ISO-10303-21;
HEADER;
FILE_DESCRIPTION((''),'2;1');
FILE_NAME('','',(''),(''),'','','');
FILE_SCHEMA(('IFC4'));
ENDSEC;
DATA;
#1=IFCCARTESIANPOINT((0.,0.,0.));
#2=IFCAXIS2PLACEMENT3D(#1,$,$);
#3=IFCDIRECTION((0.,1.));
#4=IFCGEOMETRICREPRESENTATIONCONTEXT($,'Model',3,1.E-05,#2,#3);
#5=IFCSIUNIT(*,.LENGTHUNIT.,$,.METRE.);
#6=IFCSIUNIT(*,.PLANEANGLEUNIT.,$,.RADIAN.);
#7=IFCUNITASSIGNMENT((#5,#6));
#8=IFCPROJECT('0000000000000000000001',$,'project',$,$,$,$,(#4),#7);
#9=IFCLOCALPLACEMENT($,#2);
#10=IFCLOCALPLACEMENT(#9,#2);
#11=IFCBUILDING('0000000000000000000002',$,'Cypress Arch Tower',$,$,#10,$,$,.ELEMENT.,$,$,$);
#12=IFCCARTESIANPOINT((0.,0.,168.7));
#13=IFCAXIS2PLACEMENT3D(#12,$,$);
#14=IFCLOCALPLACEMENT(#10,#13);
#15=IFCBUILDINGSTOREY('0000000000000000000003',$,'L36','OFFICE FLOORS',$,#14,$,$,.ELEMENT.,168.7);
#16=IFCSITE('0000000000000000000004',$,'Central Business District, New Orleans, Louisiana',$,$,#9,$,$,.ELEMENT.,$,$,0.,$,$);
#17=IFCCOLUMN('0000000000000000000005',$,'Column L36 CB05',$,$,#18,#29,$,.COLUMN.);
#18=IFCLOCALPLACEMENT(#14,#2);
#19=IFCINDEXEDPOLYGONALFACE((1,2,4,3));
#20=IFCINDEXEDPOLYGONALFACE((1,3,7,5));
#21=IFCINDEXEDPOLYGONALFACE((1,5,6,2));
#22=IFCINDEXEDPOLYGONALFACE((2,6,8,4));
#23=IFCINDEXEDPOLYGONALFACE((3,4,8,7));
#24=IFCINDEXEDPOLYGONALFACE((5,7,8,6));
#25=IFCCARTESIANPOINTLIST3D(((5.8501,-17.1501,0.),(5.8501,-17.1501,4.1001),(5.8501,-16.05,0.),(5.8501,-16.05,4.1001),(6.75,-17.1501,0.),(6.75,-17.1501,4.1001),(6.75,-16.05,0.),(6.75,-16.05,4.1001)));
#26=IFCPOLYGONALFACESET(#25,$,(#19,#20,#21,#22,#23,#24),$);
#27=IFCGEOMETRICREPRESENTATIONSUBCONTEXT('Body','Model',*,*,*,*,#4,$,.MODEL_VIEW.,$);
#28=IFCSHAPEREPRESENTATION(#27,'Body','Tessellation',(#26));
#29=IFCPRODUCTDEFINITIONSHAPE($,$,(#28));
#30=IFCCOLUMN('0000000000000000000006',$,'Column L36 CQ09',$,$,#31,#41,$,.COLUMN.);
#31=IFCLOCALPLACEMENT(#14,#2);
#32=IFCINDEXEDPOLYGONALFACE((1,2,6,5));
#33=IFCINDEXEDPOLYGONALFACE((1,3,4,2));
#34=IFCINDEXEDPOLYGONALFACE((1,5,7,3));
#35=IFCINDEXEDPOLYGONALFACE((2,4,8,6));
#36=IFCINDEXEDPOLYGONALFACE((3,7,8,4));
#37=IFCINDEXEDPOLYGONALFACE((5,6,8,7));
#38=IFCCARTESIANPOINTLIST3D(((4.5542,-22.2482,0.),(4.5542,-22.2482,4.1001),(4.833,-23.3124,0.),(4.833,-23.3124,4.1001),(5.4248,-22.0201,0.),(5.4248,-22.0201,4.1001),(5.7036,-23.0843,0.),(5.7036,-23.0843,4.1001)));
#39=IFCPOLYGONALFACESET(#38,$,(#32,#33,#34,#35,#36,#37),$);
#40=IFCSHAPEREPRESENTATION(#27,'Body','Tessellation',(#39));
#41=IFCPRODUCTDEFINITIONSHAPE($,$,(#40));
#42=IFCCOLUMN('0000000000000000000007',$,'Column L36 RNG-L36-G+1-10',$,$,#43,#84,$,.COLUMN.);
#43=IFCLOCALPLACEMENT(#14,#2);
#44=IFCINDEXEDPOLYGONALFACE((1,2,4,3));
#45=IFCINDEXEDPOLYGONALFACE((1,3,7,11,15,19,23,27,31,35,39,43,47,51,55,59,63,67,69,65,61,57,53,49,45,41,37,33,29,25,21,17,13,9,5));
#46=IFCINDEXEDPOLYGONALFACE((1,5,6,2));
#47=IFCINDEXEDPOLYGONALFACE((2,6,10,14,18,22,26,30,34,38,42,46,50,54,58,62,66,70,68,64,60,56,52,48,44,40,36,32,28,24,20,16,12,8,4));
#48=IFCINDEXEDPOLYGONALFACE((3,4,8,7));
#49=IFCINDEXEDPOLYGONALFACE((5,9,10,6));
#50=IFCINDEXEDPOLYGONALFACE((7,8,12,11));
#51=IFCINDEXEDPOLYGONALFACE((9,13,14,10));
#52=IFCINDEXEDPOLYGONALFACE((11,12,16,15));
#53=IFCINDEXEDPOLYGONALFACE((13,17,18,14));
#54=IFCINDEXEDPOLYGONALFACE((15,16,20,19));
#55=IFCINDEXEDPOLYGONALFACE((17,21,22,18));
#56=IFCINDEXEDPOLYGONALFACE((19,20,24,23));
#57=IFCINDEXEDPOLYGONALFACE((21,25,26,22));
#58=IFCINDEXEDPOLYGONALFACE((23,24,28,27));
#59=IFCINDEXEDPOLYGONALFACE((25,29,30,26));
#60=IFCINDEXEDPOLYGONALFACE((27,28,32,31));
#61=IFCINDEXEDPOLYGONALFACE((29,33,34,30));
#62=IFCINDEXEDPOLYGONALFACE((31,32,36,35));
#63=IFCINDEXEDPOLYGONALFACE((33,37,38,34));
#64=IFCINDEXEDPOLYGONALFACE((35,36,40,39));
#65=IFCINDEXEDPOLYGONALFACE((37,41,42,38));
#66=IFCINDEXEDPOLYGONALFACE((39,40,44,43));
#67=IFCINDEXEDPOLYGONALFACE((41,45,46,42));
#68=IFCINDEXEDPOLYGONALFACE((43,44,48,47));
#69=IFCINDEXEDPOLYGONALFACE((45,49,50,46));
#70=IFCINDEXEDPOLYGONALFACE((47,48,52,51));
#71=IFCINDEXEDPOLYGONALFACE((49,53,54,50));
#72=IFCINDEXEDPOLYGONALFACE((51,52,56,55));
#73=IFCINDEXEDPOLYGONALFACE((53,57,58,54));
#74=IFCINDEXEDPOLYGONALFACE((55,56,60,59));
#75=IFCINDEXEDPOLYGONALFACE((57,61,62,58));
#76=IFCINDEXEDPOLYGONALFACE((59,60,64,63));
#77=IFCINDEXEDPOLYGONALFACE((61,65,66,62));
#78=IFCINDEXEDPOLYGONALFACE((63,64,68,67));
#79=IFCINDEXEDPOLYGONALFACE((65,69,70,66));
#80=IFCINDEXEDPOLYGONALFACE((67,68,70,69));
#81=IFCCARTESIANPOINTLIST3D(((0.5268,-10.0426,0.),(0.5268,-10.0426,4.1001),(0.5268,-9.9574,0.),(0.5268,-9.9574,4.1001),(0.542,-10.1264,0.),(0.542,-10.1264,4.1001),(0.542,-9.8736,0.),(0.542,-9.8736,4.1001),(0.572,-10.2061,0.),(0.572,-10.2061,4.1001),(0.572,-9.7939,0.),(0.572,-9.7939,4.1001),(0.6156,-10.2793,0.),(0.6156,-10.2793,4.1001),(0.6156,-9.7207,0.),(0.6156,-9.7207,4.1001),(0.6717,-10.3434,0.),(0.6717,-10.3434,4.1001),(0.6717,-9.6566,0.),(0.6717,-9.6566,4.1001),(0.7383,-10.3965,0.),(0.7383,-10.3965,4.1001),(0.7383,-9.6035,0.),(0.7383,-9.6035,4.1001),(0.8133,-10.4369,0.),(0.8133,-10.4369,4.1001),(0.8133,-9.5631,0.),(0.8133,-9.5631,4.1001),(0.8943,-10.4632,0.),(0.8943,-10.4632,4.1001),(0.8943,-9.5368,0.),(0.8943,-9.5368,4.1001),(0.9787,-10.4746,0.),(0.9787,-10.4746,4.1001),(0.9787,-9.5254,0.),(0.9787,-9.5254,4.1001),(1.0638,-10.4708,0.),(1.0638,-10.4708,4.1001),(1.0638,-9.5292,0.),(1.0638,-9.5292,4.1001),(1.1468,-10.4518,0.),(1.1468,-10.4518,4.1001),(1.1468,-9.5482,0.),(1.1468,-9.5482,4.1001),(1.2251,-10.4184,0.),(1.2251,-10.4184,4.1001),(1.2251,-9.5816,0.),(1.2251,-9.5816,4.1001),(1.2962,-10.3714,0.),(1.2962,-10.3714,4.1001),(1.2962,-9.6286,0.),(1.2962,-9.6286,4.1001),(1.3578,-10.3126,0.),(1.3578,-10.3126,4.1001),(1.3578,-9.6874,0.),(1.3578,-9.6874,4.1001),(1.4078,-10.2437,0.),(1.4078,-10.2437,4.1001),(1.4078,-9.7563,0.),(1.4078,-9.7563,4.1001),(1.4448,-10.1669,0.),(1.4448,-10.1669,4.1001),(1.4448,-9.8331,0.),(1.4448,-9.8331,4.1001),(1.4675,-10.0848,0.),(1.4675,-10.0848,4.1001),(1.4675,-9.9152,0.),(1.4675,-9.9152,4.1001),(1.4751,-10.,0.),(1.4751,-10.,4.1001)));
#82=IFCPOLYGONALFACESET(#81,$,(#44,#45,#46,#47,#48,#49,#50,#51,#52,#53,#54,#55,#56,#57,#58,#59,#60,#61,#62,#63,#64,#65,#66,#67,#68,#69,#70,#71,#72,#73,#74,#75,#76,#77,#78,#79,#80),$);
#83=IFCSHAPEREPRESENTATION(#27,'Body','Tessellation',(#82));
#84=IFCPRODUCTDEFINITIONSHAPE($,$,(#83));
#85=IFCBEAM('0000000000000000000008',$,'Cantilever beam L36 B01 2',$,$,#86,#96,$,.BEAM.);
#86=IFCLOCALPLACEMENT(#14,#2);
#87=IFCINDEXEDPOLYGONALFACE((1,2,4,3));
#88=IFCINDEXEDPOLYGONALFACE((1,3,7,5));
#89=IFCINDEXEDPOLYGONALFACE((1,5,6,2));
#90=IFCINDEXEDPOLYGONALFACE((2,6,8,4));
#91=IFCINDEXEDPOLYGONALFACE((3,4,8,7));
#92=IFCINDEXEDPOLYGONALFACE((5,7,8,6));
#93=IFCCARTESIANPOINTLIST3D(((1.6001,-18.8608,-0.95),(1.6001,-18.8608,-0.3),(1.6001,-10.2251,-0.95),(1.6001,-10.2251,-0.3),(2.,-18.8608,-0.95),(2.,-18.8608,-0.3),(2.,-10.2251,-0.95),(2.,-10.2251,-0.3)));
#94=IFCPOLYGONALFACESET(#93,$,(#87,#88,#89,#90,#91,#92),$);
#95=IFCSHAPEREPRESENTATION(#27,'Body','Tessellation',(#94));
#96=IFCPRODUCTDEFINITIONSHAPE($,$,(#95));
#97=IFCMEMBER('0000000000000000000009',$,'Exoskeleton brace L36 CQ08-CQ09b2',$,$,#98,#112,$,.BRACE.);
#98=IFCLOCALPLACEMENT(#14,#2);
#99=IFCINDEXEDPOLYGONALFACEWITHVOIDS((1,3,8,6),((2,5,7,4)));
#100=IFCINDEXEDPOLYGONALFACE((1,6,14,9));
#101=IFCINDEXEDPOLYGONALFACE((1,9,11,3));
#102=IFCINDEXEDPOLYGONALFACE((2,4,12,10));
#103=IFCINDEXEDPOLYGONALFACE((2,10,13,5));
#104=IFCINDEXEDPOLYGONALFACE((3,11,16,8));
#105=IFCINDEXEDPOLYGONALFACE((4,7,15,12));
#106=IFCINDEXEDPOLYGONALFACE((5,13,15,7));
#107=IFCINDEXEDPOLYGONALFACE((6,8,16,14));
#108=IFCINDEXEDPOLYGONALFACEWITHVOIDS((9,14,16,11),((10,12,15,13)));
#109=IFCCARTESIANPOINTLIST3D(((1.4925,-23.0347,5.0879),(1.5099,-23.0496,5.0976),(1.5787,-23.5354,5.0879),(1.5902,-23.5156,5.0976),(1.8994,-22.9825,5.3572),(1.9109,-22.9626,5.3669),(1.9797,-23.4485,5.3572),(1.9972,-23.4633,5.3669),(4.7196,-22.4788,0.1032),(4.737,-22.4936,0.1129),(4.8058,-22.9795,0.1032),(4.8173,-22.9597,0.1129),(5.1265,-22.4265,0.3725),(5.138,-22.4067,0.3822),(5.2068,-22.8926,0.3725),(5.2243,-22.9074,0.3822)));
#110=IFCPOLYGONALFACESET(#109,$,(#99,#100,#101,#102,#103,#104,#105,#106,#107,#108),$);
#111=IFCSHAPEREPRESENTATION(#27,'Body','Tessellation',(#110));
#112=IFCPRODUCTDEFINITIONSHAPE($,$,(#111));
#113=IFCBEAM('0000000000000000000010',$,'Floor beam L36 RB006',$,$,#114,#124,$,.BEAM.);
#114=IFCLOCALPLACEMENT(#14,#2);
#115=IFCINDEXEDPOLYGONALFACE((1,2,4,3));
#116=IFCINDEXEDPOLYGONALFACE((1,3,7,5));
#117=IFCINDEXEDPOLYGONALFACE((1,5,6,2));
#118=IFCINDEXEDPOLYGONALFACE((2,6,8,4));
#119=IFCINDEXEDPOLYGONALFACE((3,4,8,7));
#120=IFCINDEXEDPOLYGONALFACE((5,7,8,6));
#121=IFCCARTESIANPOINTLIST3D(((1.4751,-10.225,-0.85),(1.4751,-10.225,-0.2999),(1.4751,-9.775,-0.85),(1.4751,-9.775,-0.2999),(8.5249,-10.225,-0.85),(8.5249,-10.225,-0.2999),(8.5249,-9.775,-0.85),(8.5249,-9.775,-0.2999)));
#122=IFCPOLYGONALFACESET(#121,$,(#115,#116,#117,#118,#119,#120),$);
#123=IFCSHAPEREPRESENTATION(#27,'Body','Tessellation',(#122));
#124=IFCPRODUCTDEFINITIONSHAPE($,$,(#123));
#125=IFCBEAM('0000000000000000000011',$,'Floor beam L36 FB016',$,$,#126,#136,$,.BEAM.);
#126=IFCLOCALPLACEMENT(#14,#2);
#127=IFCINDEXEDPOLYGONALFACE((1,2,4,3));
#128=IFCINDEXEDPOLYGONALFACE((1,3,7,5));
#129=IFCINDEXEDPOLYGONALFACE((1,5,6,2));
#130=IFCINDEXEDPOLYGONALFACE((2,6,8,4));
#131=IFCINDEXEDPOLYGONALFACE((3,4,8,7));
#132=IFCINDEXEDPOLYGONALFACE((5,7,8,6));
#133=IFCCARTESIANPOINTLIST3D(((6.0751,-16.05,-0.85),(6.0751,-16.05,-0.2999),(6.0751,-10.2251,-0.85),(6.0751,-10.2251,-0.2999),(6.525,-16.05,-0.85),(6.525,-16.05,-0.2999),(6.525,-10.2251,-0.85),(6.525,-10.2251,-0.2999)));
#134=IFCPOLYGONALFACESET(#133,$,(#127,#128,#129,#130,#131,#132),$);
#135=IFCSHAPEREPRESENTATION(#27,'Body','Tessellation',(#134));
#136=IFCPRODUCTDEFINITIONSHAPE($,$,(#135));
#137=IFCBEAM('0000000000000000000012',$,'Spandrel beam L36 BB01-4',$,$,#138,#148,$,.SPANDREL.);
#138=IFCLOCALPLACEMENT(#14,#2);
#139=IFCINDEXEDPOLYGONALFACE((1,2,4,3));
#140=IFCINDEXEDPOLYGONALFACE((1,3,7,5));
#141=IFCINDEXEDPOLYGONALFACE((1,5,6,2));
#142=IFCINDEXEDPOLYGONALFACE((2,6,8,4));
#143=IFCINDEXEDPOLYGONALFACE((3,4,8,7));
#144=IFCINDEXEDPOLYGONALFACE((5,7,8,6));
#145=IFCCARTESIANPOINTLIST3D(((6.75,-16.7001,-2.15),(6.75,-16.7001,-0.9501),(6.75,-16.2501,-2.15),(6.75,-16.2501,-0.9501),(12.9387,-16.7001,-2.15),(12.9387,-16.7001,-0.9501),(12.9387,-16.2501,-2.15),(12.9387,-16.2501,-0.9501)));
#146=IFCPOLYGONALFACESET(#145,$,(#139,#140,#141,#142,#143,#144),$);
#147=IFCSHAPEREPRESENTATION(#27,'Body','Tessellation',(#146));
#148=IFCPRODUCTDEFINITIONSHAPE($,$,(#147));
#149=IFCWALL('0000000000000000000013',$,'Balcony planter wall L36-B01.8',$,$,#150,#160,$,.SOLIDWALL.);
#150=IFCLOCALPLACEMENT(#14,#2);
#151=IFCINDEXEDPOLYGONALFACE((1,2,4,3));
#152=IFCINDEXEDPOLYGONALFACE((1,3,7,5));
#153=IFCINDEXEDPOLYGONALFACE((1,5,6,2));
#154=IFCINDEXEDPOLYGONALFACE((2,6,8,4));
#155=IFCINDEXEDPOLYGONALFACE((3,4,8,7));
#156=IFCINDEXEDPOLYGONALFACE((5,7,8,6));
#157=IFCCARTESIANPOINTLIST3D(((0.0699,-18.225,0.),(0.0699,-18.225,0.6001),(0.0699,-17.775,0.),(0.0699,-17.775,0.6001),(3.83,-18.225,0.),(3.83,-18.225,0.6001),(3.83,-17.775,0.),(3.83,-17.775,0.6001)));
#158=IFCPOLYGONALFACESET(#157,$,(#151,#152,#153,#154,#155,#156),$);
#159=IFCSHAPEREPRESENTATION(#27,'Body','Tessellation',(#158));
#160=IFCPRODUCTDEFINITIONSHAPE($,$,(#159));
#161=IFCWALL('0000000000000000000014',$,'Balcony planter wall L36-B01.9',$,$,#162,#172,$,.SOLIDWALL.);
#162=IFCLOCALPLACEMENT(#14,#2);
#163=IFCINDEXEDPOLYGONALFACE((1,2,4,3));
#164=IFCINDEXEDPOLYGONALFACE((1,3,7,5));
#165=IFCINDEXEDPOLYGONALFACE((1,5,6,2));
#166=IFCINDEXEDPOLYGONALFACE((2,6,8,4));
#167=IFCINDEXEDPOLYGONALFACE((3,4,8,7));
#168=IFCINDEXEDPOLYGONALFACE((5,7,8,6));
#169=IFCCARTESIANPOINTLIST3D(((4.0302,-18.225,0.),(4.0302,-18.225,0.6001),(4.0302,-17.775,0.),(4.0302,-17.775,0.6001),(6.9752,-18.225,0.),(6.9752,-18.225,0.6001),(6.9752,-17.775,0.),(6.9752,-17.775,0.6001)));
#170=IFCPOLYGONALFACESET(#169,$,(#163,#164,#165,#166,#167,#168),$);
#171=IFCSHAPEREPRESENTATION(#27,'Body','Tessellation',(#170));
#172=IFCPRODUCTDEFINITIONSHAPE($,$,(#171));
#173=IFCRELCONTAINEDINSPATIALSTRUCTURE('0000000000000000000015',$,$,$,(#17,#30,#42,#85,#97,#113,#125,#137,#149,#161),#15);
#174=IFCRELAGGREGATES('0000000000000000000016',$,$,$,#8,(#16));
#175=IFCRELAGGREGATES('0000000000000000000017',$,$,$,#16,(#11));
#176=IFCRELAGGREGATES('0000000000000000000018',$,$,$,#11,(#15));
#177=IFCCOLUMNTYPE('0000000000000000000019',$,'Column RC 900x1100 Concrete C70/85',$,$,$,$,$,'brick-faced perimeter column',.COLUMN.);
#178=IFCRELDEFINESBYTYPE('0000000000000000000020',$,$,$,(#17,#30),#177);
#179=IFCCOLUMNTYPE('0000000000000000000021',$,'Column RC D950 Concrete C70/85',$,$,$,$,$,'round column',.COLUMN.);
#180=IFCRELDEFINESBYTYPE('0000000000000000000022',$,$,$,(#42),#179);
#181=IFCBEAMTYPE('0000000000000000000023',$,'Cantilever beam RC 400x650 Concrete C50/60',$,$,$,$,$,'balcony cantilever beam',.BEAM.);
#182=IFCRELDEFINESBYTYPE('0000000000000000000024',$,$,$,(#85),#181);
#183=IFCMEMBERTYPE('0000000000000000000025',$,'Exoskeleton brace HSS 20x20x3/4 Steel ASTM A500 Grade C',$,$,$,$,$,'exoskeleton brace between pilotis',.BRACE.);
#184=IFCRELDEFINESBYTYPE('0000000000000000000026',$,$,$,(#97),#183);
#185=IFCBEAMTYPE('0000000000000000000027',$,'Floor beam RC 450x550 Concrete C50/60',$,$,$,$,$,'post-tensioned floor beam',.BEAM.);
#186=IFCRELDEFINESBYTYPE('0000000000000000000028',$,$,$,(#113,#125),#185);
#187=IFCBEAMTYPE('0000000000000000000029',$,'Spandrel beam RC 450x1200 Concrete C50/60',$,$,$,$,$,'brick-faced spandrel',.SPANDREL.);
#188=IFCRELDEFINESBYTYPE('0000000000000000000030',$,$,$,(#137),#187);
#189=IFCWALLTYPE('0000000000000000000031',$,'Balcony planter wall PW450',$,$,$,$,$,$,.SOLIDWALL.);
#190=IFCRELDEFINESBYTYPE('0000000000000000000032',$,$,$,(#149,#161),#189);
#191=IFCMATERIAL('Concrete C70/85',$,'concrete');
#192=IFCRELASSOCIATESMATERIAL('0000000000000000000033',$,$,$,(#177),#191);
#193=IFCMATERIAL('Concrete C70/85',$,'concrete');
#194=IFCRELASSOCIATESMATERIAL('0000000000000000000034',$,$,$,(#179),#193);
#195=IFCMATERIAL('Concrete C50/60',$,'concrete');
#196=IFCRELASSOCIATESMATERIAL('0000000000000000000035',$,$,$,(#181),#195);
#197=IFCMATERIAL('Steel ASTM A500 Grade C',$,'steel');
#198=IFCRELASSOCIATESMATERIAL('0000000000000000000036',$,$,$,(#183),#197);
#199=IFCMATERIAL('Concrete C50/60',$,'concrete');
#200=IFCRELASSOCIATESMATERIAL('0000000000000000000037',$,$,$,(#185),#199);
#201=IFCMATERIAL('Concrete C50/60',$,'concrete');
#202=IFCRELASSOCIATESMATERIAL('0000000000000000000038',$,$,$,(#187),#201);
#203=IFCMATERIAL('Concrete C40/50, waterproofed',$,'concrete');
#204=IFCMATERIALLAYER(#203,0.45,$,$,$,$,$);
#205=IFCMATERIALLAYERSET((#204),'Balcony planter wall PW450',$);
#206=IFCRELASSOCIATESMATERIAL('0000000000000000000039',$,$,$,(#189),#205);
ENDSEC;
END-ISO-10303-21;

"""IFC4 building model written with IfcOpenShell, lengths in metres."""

from ifc_helpers import new_model, si_unit, direction, frame, frame_2d, origin, origin_2d, place, context, subcontext, project, spatial, rectangle, hollow_rectangle, circle, extrude, material, layer, layer_set, material_profile, profile_set, type_object, element, save


model = new_model("IFC4")

# Units and contexts
model_context = context("Model", 3, precision=1e-05, world=origin(), true_north=direction((0.0, 1.0)))
body_context = subcontext(model_context, "Body", "Model", "MODEL_VIEW")
ifc_project = project(units=[si_unit("LENGTHUNIT", "METRE"), si_unit("PLANEANGLEUNIT", "RADIAN")], contexts=[model_context])

# Site, building, storey
site_placement = place(None, origin())
site = spatial("IfcSite", under=ifc_project, at=site_placement, Name="Central Business District, New Orleans, Louisiana", CompositionType="ELEMENT", RefElevation=0.0)
building_placement = place(site_placement, origin())
building = spatial("IfcBuilding", under=site, at=building_placement, Name="Cypress Arch Tower", CompositionType="ELEMENT")
storey_placement = place(building_placement, frame((0.0, 0.0, 168.7)))
storey = spatial("IfcBuildingStorey", under=building, at=storey_placement, Name="L36", Description="OFFICE FLOORS", CompositionType="ELEMENT", Elevation=168.7)

# Columns
ifc_material_1 = material(Name="Concrete C70/85", Category="concrete")
ifc_material_profile_1 = material_profile(ifc_material_1, rectangle(XDim=0.8999, YDim=1.1001, at=origin_2d()), Name="RC 900x1100")
ifc_profile_set_1 = profile_set([ifc_material_profile_1], Name="Concrete C70/85")
column_type_1 = type_object("IfcColumnType", Name="Column RC 900x1100 Concrete C70/85", ElementType="brick-faced perimeter column", PredefinedType="COLUMN", material=ifc_profile_set_1)
for number, where, z_axis, x_axis, name in (
    (1, (6.3, -16.6001, 0.0), (0.0, 0.0, 1.0), (1.0, 0.0, 0.0), "Column L36 CB05"),
    (2, (5.1289, -22.6663, 0.0), (0.0, 0.0, 1.0), (0.967356, 0.253422, 0.0), "Column L36 CQ09"),
):
    element("IfcColumn", number, at=place(storey_placement, frame(where, z_axis=z_axis, x_axis=x_axis)), inside=storey, type_object=column_type_1, Name=name, PredefinedType="COLUMN", context=body_context, shape_type="SweptSolid", body=[
        extrude(rectangle(XDim=0.8999, YDim=1.1001, at=origin_2d()), origin(), (0.0, 0.0, 1.0), 4.1001),
    ])
ifc_material_2 = material(Name="Concrete C70/85", Category="concrete")
ifc_material_profile_2 = material_profile(ifc_material_2, circle(Radius=0.4751, at=origin_2d()), Name="RC D950")
ifc_profile_set_2 = profile_set([ifc_material_profile_2], Name="Concrete C70/85")
column_type_2 = type_object("IfcColumnType", Name="Column RC D950 Concrete C70/85", ElementType="round column", PredefinedType="COLUMN", material=ifc_profile_set_2)
column_placement = place(storey_placement, frame((1.0, -10.0, 0.0), z_axis=(0.0, 0.0, 1.0), x_axis=(1.0, 0.0, 0.0)))
element("IfcColumn", 3, at=column_placement, inside=storey, type_object=column_type_2, Name="Column L36 RNG-L36-G+1-10", PredefinedType="COLUMN", context=body_context, shape_type="SweptSolid", body=[
    extrude(circle(Radius=0.4751, at=origin_2d()), origin(), (0.0, 0.0, 1.0), 4.1001),
])

# Beam
ifc_material_3 = material(Name="Concrete C50/60", Category="concrete")
ifc_material_profile_3 = material_profile(ifc_material_3, rectangle(XDim=0.3999, YDim=0.6499, at=origin_2d()), Name="RC 400x650")
ifc_profile_set_3 = profile_set([ifc_material_profile_3], Name="Concrete C50/60")
beam_type_1 = type_object("IfcBeamType", Name="Cantilever beam RC 400x650 Concrete C50/60", ElementType="balcony cantilever beam", PredefinedType="BEAM", material=ifc_profile_set_3)
beam_1_placement = place(storey_placement, frame((1.8, -10.2251, -0.625), z_axis=(0.0, -1.0, 0.0), x_axis=(1.0, 0.0, 0.0)))
element("IfcBeam", 4, at=beam_1_placement, inside=storey, type_object=beam_type_1, Name="Cantilever beam L36 B01 2", PredefinedType="BEAM", context=body_context, shape_type="SweptSolid", body=[
    extrude(rectangle(XDim=0.3999, YDim=0.6499, at=origin_2d()), origin(), (0.0, 0.0, 1.0), 8.6357),
])

# Member
ifc_material_4 = material(Name="Steel ASTM A500 Grade C", Category="steel")
ifc_material_profile_4 = material_profile(ifc_material_4, hollow_rectangle(XDim=0.5081, YDim=0.5081, WallThickness=0.0176, at=origin_2d()), Name="HSS 20x20x3/4")
ifc_profile_set_4 = profile_set([ifc_material_profile_4], Name="Steel ASTM A500 Grade C")
member_type = type_object("IfcMemberType", Name="Exoskeleton brace HSS 20x20x3/4 Steel ASTM A500 Grade C", ElementType="exoskeleton brace between pilotis", PredefinedType="BRACE", material=ifc_profile_set_4)
member_placement = place(storey_placement, frame((4.9719, -22.6931, 0.2427), z_axis=(-0.541088, -0.093211, 0.835784), x_axis=(0.169765, -0.985485, 0.0)))
element("IfcMember", 5, at=member_placement, inside=storey, type_object=member_type, Name="Exoskeleton brace L36 CQ08-CQ09b2", PredefinedType="BRACE", context=body_context, shape_type="SweptSolid", body=[
    extrude(hollow_rectangle(XDim=0.5081, YDim=0.5081, WallThickness=0.0176, at=origin_2d()), origin(), (0.0, 0.0, 1.0), 5.9641),
])

# Beams
ifc_material_5 = material(Name="Concrete C50/60", Category="concrete")
ifc_material_profile_5 = material_profile(ifc_material_5, rectangle(XDim=0.45, YDim=0.55, at=origin_2d()), Name="RC 450x550")
ifc_profile_set_5 = profile_set([ifc_material_profile_5], Name="Concrete C50/60")
beam_type_2 = type_object("IfcBeamType", Name="Floor beam RC 450x550 Concrete C50/60", ElementType="post-tensioned floor beam", PredefinedType="BEAM", material=ifc_profile_set_5)
beam_2_placement = place(storey_placement, frame((1.4751, -10.0, -0.575), z_axis=(1.0, 0.0, 0.0), x_axis=(0.0, 1.0, 0.0)))
element("IfcBeam", 6, at=beam_2_placement, inside=storey, type_object=beam_type_2, Name="Floor beam L36 RB006", PredefinedType="BEAM", context=body_context, shape_type="SweptSolid", body=[
    extrude(rectangle(XDim=0.45, YDim=0.55, at=origin_2d()), origin(), (0.0, 0.0, 1.0), 7.0498),
])
beam_3_placement = place(storey_placement, frame((6.3, -16.05, -0.575), z_axis=(0.0, 1.0, 0.0), x_axis=(-1.0, 0.0, 0.0)))
element("IfcBeam", 7, at=beam_3_placement, inside=storey, type_object=beam_type_2, Name="Floor beam L36 FB016", PredefinedType="BEAM", context=body_context, shape_type="SweptSolid", body=[
    extrude(rectangle(XDim=0.45, YDim=0.55, at=origin_2d()), origin(), (0.0, 0.0, 1.0), 5.825),
])
ifc_material_6 = material(Name="Concrete C50/60", Category="concrete")
ifc_material_profile_6 = material_profile(ifc_material_6, rectangle(XDim=0.45, YDim=1.2, at=origin_2d()), Name="RC 450x1200")
ifc_profile_set_6 = profile_set([ifc_material_profile_6], Name="Concrete C50/60")
beam_type_3 = type_object("IfcBeamType", Name="Spandrel beam RC 450x1200 Concrete C50/60", ElementType="brick-faced spandrel", PredefinedType="SPANDREL", material=ifc_profile_set_6)
beam_4_placement = place(storey_placement, frame((6.75, -16.4751, -1.55), z_axis=(1.0, 0.0, 0.0), x_axis=(0.0, 1.0, 0.0)))
element("IfcBeam", 8, at=beam_4_placement, inside=storey, type_object=beam_type_3, Name="Spandrel beam L36 BB01-4", PredefinedType="SPANDREL", context=body_context, shape_type="SweptSolid", body=[
    extrude(rectangle(XDim=0.45, YDim=1.2, at=origin_2d()), origin(), (0.0, 0.0, 1.0), 6.1887),
])

# Walls
ifc_material_7 = material(Name="Concrete C40/50, waterproofed", Category="concrete")
ifc_layer_1 = layer(ifc_material_7, 0.45)
ifc_layer_set_1 = layer_set([ifc_layer_1], Name="Balcony planter wall PW450")
wall_type_1 = type_object("IfcWallType", Name="Balcony planter wall PW450", PredefinedType="SOLIDWALL", material=ifc_layer_set_1)
wall_1_placement = place(storey_placement, frame((0.0701, -18.0, 0.0), z_axis=(0.0, 0.0, 1.0), x_axis=(1.0, 0.0, 0.0)))
element("IfcWall", 9, at=wall_1_placement, inside=storey, type_object=wall_type_1, Name="Balcony planter wall L36-B01.8", PredefinedType="SOLIDWALL", context=body_context, shape_type="SweptSolid", body=[
    extrude(rectangle(XDim=3.76, YDim=0.45, at=frame_2d((1.8799, 0.0))), origin(), (0.0, 0.0, 1.0), 0.6001),
])
wall_2_placement = place(storey_placement, frame((4.03, -18.0, 0.0), z_axis=(0.0, 0.0, 1.0), x_axis=(1.0, 0.0, 0.0)))
element("IfcWall", 10, at=wall_2_placement, inside=storey, type_object=wall_type_1, Name="Balcony planter wall L36-B01.9", PredefinedType="SOLIDWALL", context=body_context, shape_type="SweptSolid", body=[
    extrude(rectangle(XDim=2.9451, YDim=0.45, at=frame_2d((1.4727, 0.0))), origin(), (0.0, 0.0, 1.0), 0.6001),
])

save(model, "model.ifc")
